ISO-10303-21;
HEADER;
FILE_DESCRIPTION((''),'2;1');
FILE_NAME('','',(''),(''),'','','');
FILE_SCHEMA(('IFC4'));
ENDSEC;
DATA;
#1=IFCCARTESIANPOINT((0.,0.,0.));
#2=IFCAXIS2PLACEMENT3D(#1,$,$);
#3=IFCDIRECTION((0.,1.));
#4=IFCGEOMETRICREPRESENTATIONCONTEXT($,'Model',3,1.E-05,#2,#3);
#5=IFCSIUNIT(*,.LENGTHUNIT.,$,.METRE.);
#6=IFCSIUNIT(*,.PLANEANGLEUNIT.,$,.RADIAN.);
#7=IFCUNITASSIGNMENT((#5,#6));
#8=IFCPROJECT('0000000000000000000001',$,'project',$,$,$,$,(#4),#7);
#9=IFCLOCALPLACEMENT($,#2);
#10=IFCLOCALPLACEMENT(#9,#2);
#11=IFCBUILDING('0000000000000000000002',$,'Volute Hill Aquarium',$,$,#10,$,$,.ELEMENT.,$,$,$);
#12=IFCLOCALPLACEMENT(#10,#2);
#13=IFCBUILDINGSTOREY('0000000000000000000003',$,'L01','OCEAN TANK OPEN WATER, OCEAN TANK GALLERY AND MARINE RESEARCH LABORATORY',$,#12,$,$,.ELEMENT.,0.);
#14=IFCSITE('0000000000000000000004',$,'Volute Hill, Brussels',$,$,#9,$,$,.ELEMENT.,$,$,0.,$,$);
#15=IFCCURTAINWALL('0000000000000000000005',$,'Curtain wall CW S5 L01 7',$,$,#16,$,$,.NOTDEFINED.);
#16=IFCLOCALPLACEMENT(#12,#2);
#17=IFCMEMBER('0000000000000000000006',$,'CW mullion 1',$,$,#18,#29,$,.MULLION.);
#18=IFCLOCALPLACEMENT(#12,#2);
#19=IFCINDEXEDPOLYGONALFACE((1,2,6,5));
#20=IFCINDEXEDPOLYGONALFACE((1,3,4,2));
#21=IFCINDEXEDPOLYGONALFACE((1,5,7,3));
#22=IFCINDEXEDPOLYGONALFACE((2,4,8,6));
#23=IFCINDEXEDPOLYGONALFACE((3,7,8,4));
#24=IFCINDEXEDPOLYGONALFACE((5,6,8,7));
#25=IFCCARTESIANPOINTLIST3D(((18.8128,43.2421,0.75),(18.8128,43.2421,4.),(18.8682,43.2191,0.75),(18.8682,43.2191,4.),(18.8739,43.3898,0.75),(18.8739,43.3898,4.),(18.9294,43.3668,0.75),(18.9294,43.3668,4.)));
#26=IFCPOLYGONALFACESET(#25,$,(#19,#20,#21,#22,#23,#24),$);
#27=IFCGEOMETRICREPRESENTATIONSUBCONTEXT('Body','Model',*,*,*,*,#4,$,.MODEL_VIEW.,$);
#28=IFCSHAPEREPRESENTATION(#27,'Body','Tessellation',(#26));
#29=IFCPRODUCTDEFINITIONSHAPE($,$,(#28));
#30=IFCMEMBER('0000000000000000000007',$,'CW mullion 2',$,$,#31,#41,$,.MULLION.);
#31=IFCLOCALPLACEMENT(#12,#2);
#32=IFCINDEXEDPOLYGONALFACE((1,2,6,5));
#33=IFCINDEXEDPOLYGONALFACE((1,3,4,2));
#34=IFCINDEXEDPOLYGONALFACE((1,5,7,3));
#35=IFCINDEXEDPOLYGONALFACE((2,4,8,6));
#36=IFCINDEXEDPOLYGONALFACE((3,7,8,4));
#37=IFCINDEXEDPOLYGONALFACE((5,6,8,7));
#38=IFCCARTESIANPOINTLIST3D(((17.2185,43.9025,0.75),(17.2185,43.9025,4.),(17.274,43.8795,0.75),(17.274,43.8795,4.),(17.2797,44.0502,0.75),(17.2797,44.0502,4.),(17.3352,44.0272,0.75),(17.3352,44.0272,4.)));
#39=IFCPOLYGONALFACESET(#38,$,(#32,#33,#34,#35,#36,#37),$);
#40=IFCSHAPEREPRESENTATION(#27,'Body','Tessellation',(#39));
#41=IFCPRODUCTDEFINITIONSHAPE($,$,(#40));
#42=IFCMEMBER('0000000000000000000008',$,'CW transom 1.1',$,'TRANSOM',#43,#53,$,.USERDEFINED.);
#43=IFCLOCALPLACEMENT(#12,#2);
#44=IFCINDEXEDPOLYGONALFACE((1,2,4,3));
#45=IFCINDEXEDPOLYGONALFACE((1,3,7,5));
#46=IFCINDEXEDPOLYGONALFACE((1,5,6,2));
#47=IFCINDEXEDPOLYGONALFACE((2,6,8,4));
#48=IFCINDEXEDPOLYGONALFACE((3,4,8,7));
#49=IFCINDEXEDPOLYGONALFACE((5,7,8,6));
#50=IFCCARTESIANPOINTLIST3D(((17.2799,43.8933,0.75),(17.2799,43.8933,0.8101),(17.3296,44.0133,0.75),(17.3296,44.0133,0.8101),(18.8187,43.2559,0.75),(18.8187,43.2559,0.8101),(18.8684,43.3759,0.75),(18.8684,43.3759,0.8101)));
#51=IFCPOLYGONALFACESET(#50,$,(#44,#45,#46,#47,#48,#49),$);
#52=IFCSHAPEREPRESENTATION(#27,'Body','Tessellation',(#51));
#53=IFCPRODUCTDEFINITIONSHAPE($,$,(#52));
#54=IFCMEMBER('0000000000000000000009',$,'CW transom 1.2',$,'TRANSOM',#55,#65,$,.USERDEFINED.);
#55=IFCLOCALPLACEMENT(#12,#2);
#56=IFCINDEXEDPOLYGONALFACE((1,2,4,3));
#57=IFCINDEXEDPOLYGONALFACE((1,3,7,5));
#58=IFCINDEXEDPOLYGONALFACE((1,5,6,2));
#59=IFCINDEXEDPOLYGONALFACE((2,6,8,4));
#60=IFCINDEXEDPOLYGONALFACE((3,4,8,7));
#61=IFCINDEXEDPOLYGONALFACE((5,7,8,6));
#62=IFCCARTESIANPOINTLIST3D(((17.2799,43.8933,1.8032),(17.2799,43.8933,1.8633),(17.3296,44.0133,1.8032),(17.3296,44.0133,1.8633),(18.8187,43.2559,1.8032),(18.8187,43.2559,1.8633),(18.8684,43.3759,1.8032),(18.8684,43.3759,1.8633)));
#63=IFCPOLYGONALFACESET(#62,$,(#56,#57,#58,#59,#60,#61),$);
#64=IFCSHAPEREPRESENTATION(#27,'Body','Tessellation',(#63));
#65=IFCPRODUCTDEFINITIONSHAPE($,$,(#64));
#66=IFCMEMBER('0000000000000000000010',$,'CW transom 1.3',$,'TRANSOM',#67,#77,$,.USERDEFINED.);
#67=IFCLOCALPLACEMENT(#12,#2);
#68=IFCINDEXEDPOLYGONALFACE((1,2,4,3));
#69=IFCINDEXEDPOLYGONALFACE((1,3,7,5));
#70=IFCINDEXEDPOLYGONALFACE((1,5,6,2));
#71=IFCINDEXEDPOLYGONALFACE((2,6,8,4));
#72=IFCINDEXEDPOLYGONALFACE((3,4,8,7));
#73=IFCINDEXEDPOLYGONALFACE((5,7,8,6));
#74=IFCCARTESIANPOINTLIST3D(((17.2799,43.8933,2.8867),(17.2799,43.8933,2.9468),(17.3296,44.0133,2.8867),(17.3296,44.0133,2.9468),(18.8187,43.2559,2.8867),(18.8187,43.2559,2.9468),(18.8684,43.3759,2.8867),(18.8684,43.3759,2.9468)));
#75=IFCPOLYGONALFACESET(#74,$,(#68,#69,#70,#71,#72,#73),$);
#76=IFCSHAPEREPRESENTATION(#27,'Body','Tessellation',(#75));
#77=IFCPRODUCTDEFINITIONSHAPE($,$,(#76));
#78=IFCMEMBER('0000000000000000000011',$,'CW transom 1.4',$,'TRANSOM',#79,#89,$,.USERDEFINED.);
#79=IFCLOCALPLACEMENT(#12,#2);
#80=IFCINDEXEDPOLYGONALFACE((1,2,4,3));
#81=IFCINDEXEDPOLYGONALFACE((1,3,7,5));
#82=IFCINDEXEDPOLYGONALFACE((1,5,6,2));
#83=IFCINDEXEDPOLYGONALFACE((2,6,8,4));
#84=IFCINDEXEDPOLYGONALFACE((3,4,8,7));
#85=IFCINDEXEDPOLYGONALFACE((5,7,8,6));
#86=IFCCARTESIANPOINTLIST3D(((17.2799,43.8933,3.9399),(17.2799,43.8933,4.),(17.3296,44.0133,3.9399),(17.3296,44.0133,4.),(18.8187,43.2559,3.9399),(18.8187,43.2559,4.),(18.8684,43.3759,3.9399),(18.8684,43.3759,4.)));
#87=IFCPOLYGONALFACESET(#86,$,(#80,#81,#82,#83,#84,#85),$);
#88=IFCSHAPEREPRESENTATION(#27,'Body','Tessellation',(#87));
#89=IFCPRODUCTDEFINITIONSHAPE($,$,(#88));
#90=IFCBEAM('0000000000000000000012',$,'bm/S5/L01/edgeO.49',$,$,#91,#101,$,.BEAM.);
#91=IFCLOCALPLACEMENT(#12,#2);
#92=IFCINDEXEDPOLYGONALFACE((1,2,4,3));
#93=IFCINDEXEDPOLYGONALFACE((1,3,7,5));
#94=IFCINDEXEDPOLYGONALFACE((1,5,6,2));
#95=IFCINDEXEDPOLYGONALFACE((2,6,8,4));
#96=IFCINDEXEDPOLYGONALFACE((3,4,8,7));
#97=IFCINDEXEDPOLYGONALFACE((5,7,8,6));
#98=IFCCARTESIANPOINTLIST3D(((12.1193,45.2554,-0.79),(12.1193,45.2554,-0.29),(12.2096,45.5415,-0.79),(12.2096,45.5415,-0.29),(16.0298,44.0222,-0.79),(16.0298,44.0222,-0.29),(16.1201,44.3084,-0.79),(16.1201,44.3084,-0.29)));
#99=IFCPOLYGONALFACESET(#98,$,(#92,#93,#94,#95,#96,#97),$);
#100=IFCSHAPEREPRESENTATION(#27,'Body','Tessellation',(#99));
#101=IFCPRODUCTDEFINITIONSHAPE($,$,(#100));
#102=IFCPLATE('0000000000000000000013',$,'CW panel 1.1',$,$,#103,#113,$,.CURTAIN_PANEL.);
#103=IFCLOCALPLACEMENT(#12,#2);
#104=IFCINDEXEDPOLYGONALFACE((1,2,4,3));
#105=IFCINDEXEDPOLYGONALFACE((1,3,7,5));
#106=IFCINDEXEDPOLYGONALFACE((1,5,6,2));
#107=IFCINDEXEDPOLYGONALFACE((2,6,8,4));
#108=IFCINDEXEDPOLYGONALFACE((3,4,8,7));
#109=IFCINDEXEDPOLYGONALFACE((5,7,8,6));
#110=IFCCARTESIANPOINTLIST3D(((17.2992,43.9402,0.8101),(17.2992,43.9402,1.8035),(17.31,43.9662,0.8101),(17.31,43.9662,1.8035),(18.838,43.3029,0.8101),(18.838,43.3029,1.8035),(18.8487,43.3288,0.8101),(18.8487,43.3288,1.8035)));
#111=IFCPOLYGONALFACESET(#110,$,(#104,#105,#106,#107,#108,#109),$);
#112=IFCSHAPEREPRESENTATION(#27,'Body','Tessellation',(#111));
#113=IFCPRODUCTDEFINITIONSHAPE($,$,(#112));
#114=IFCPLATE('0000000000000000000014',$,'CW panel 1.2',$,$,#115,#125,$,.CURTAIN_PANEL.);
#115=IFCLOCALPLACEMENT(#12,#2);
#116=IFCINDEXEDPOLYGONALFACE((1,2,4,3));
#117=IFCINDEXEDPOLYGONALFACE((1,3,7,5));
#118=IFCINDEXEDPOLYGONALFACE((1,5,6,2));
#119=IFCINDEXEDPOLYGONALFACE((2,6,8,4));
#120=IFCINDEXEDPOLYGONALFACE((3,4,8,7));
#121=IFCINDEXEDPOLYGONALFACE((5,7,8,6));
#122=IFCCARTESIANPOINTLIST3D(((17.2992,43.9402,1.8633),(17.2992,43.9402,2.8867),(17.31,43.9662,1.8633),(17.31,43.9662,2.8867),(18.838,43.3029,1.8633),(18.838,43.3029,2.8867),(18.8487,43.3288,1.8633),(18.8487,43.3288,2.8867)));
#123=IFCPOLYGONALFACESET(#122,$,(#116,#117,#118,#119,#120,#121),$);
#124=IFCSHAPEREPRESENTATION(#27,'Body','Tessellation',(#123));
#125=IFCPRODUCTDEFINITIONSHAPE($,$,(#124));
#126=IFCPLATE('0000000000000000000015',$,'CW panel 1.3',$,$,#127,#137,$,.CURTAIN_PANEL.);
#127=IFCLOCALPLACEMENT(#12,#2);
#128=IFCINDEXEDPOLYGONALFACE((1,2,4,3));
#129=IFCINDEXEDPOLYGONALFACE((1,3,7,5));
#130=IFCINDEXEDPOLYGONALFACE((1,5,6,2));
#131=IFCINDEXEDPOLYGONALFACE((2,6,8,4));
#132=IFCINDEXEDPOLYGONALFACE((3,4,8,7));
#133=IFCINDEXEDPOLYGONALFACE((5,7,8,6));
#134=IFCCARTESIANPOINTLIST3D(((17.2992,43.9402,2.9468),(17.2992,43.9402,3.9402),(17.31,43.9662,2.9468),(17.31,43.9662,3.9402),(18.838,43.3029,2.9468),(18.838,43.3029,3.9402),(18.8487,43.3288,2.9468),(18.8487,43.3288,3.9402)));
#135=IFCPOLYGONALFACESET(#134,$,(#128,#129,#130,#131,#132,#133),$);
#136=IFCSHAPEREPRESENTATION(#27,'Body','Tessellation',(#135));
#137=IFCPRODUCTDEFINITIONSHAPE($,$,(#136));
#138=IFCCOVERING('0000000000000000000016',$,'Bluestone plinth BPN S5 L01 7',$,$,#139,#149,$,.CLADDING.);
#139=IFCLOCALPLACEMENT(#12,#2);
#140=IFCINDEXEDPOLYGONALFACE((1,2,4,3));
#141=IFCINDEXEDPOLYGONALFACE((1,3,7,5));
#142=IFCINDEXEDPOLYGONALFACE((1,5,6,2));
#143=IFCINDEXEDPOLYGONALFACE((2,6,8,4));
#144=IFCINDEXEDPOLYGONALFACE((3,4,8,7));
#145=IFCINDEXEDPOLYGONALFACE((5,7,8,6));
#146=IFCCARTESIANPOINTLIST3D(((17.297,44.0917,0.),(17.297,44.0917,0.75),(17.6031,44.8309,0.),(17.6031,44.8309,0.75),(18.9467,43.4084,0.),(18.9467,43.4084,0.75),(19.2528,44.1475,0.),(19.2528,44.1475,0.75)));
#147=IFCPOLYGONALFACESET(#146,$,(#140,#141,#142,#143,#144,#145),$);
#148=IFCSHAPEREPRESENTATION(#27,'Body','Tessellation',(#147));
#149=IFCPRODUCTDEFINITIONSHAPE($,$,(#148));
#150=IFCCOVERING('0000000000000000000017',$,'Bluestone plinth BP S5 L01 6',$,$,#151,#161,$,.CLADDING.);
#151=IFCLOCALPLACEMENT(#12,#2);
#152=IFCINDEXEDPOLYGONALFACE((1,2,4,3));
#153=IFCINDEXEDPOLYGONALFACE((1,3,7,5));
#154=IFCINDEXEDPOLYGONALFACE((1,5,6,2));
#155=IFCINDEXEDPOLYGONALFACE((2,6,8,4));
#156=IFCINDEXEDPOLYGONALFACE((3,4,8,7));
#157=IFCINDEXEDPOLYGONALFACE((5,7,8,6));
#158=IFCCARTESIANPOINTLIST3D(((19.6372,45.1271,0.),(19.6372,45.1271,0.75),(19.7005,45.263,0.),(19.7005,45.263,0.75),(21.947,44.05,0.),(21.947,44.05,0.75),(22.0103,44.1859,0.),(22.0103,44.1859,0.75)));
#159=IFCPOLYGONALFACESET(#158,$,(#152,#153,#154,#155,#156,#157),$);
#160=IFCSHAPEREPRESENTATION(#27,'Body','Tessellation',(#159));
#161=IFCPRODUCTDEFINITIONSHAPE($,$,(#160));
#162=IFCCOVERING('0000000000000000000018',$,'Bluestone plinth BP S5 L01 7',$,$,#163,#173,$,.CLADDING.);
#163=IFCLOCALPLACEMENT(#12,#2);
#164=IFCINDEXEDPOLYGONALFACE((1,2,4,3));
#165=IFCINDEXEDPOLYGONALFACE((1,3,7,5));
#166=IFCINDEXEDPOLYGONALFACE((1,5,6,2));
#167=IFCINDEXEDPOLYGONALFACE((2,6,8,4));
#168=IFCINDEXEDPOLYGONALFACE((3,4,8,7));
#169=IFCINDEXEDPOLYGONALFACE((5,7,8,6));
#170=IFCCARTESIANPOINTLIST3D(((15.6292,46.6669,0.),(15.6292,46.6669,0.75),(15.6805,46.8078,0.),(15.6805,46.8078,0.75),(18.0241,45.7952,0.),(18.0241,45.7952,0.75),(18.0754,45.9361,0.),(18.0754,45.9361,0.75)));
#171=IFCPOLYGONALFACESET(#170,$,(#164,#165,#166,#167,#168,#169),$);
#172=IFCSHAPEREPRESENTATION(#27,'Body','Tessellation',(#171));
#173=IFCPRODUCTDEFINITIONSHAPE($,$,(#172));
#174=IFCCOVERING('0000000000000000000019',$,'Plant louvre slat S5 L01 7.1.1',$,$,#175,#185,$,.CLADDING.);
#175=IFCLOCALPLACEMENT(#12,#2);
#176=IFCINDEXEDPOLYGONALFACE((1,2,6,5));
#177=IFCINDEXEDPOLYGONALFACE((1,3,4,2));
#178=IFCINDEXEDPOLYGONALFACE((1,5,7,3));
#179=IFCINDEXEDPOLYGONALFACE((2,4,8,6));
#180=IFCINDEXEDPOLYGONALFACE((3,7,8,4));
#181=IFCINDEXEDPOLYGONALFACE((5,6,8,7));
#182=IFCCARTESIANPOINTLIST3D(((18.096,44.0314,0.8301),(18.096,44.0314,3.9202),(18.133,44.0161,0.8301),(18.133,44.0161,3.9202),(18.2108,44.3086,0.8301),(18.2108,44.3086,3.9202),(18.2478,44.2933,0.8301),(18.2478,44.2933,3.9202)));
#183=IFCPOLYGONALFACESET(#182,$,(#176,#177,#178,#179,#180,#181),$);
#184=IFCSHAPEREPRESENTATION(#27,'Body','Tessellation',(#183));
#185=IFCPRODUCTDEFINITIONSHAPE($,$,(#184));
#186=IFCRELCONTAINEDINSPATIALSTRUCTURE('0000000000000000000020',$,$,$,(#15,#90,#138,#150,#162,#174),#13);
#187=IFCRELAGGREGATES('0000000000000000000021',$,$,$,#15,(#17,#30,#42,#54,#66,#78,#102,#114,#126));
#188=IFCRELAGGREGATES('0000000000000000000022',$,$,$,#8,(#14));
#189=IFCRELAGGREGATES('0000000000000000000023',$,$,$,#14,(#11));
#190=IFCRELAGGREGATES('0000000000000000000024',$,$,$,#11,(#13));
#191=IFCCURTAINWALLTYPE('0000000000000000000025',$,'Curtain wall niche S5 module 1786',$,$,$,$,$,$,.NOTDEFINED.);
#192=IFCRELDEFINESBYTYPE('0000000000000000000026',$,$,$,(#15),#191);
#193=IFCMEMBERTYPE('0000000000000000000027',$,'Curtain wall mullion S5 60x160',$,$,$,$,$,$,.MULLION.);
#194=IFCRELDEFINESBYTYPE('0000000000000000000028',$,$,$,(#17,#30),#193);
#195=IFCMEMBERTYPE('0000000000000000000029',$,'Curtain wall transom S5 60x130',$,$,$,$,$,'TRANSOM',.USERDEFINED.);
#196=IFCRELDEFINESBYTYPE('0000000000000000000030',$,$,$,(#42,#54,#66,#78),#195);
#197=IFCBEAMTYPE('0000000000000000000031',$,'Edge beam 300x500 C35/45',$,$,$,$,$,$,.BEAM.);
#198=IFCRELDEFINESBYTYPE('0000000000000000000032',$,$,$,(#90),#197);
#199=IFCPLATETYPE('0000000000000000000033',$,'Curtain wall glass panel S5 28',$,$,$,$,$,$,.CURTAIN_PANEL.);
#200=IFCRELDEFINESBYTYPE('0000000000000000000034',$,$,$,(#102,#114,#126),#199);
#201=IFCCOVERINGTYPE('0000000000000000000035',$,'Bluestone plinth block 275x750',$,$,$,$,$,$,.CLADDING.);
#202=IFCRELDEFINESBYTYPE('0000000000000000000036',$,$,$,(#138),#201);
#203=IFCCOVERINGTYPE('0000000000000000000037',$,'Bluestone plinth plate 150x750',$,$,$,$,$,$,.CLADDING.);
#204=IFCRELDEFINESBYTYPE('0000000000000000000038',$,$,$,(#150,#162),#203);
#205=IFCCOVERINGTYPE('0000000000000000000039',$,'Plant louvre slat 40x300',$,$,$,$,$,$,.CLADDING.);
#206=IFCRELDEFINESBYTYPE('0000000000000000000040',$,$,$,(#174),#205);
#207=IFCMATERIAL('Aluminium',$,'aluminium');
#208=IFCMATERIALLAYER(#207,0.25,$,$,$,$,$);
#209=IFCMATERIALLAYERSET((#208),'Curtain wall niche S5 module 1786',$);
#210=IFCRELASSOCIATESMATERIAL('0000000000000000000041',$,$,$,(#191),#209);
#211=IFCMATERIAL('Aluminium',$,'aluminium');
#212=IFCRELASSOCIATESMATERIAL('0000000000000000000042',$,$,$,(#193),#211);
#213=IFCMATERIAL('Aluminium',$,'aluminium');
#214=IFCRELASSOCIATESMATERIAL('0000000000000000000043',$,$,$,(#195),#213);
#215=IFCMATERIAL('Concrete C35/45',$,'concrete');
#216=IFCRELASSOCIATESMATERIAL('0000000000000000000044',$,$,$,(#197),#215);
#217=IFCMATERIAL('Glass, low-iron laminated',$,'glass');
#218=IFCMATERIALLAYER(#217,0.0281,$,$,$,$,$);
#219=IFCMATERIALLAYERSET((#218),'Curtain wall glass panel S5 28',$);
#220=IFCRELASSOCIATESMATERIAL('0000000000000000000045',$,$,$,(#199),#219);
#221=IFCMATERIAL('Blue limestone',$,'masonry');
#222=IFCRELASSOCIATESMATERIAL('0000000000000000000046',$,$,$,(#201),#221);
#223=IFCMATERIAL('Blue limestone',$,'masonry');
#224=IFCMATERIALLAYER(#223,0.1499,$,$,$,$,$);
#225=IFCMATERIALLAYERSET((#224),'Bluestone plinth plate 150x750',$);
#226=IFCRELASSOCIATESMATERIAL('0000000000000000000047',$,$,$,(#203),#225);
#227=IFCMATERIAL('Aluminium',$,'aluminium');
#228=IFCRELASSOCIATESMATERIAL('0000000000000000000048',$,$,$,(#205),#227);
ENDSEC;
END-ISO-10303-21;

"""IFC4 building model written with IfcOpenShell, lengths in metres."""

from ifc_helpers import new_model, si_unit, direction, frame, origin, origin_2d, place, context, subcontext, project, spatial, rectangle, extrude, material, layer, layer_set, material_profile, profile_set, type_object, element, aggregate, save


model = new_model("IFC4")

# Units and contexts
model_context = context("Model", 3, precision=1e-05, world=origin(), true_north=direction((0.0, 1.0)))
body_context = subcontext(model_context, "Body", "Model", "MODEL_VIEW")
ifc_project = project(units=[si_unit("LENGTHUNIT", "METRE"), si_unit("PLANEANGLEUNIT", "RADIAN")], contexts=[model_context])

# Site, building, storey
site_placement = place(None, origin())
site = spatial("IfcSite", under=ifc_project, at=site_placement, Name="Volute Hill, Brussels", CompositionType="ELEMENT", RefElevation=0.0)
building_placement = place(site_placement, origin())
building = spatial("IfcBuilding", under=site, at=building_placement, Name="Volute Hill Aquarium", CompositionType="ELEMENT")
storey_placement = place(building_placement, origin())
storey = spatial("IfcBuildingStorey", under=building, at=storey_placement, Name="L01", Description="OCEAN TANK OPEN WATER, OCEAN TANK GALLERY AND MARINE RESEARCH LABORATORY", CompositionType="ELEMENT", Elevation=0.0)

# Curtain wall, members
ifc_material_1 = material(Name="Aluminium", Category="aluminium")
ifc_layer_1 = layer(ifc_material_1, 0.25)
ifc_layer_set_1 = layer_set([ifc_layer_1], Name="Curtain wall niche S5 module 1786")
curtain_wall_type = type_object("IfcCurtainWallType", Name="Curtain wall niche S5 module 1786", PredefinedType="NOTDEFINED", material=ifc_layer_set_1)
curtain_wall_placement = place(storey_placement, origin())
curtain_wall = element("IfcCurtainWall", 1, at=curtain_wall_placement, inside=storey, type_object=curtain_wall_type, Name="Curtain wall CW S5 L01 7", PredefinedType="NOTDEFINED")
ifc_material_2 = material(Name="Aluminium", Category="aluminium")
ifc_material_profile_1 = material_profile(ifc_material_2, rectangle(XDim=0.1599, YDim=0.0601, at=origin_2d()), Name="Curtain wall mullion S5 60x160")
ifc_profile_set_1 = profile_set([ifc_material_profile_1], Name="Aluminium")
member_type_1 = type_object("IfcMemberType", Name="Curtain wall mullion S5 60x160", PredefinedType="MULLION", material=ifc_profile_set_1)
member_1_placement = place(storey_placement, frame((18.8711, 43.3044, 0.75), z_axis=(0.0, 0.0, 1.0), x_axis=(-0.382686, -0.923878, 0.0)))
member_1 = element("IfcMember", 2, at=member_1_placement, type_object=member_type_1, Name="CW mullion 1", PredefinedType="MULLION", context=body_context, shape_type="SweptSolid", body=[
    extrude(rectangle(XDim=0.1599, YDim=0.0601, at=origin_2d()), origin(), (0.0, 0.0, 1.0), 3.25),
])
member_2_placement = place(storey_placement, frame((17.2769, 43.9648, 0.75), z_axis=(0.0, 0.0, 1.0), x_axis=(-0.382686, -0.923878, 0.0)))
member_2 = element("IfcMember", 3, at=member_2_placement, type_object=member_type_1, Name="CW mullion 2", PredefinedType="MULLION", context=body_context, shape_type="SweptSolid", body=[
    extrude(rectangle(XDim=0.1599, YDim=0.0601, at=origin_2d()), origin(), (0.0, 0.0, 1.0), 3.25),
])
ifc_material_3 = material(Name="Aluminium", Category="aluminium")
ifc_material_profile_2 = material_profile(ifc_material_3, rectangle(XDim=0.1299, YDim=0.0601, at=origin_2d()), Name="Curtain wall transom S5 60x130")
ifc_profile_set_2 = profile_set([ifc_material_profile_2], Name="Aluminium")
member_type_2 = type_object("IfcMemberType", Name="Curtain wall transom S5 60x130", ElementType="TRANSOM", PredefinedType="USERDEFINED", material=ifc_profile_set_2)
member_3_placement = place(storey_placement, frame((18.8435, 43.3159, 0.78), z_axis=(-0.923869, 0.38271, 0.0), x_axis=(-0.38271, -0.923869, 0.0)))
member_3 = element("IfcMember", 4, at=member_3_placement, type_object=member_type_2, Name="CW transom 1.1", ObjectType="TRANSOM", PredefinedType="USERDEFINED", context=body_context, shape_type="SweptSolid", body=[
    extrude(rectangle(XDim=0.1299, YDim=0.0601, at=origin_2d()), origin(), (0.0, 0.0, 1.0), 1.6655),
])
member_4_placement = place(storey_placement, frame((18.8435, 43.3159, 1.8333), z_axis=(-0.923869, 0.38271, 0.0), x_axis=(-0.38271, -0.923869, 0.0)))
member_4 = element("IfcMember", 5, at=member_4_placement, type_object=member_type_2, Name="CW transom 1.2", ObjectType="TRANSOM", PredefinedType="USERDEFINED", context=body_context, shape_type="SweptSolid", body=[
    extrude(rectangle(XDim=0.1299, YDim=0.0601, at=origin_2d()), origin(), (0.0, 0.0, 1.0), 1.6655),
])
member_5_placement = place(storey_placement, frame((18.8435, 43.3159, 2.9167), z_axis=(-0.923869, 0.38271, 0.0), x_axis=(-0.38271, -0.923869, 0.0)))
member_5 = element("IfcMember", 6, at=member_5_placement, type_object=member_type_2, Name="CW transom 1.3", ObjectType="TRANSOM", PredefinedType="USERDEFINED", context=body_context, shape_type="SweptSolid", body=[
    extrude(rectangle(XDim=0.1299, YDim=0.0601, at=origin_2d()), origin(), (0.0, 0.0, 1.0), 1.6655),
])
member_6_placement = place(storey_placement, frame((18.8435, 43.3159, 3.97), z_axis=(-0.923869, 0.38271, 0.0), x_axis=(-0.38271, -0.923869, 0.0)))
member_6 = element("IfcMember", 7, at=member_6_placement, type_object=member_type_2, Name="CW transom 1.4", ObjectType="TRANSOM", PredefinedType="USERDEFINED", context=body_context, shape_type="SweptSolid", body=[
    extrude(rectangle(XDim=0.1299, YDim=0.0601, at=origin_2d()), origin(), (0.0, 0.0, 1.0), 1.6655),
])

# Beam
ifc_material_4 = material(Name="Concrete C35/45", Category="concrete")
ifc_material_profile_3 = material_profile(ifc_material_4, rectangle(XDim=0.3, YDim=0.5, at=origin_2d()), Name="RC edge beam 300x500")
ifc_profile_set_3 = profile_set([ifc_material_profile_3], Name="Concrete C35/45")
beam_type = type_object("IfcBeamType", Name="Edge beam 300x500 C35/45", PredefinedType="BEAM", material=ifc_profile_set_3)
beam_placement = place(storey_placement, frame((16.075, 44.1653, -0.54), z_axis=(-0.953702, 0.300752, 0.0), x_axis=(-0.300752, -0.953702, 0.0)))
element("IfcBeam", 8, at=beam_placement, inside=storey, type_object=beam_type, Name="bm/S5/L01/edgeO.49", PredefinedType="BEAM", context=body_context, shape_type="SweptSolid", body=[
    extrude(rectangle(XDim=0.3, YDim=0.5, at=origin_2d()), origin(), (0.0, 0.0, 1.0), 4.1003),
])

# Plates
ifc_material_5 = material(Name="Glass, low-iron laminated", Category="glass")
ifc_layer_2 = layer(ifc_material_5, 0.0281)
ifc_layer_set_2 = layer_set([ifc_layer_2], Name="Curtain wall glass panel S5 28")
plate_type = type_object("IfcPlateType", Name="Curtain wall glass panel S5 28", PredefinedType="CURTAIN_PANEL", material=ifc_layer_set_2)
plate_1_placement = place(storey_placement, frame((18.074, 43.6345, 0.8101), z_axis=(0.0, 0.0, 1.0), x_axis=(-0.923878, 0.382686, 0.0)))
plate_1 = element("IfcPlate", 9, at=plate_1_placement, type_object=plate_type, Name="CW panel 1.1", PredefinedType="CURTAIN_PANEL", context=body_context, shape_type="SweptSolid", body=[
    extrude(rectangle(XDim=1.6655, YDim=0.0281, at=origin_2d()), origin(), (0.0, 0.0, 1.0), 0.9934),
])
plate_2_placement = place(storey_placement, frame((18.074, 43.6345, 1.8633), z_axis=(0.0, 0.0, 1.0), x_axis=(-0.923878, 0.382686, 0.0)))
plate_2 = element("IfcPlate", 10, at=plate_2_placement, type_object=plate_type, Name="CW panel 1.2", PredefinedType="CURTAIN_PANEL", context=body_context, shape_type="SweptSolid", body=[
    extrude(rectangle(XDim=1.6655, YDim=0.0281, at=origin_2d()), origin(), (0.0, 0.0, 1.0), 1.0234),
])
plate_3_placement = place(storey_placement, frame((18.074, 43.6345, 2.9468), z_axis=(0.0, 0.0, 1.0), x_axis=(-0.923878, 0.382686, 0.0)))
plate_3 = element("IfcPlate", 11, at=plate_3_placement, type_object=plate_type, Name="CW panel 1.3", PredefinedType="CURTAIN_PANEL", context=body_context, shape_type="SweptSolid", body=[
    extrude(rectangle(XDim=1.6655, YDim=0.0281, at=origin_2d()), origin(), (0.0, 0.0, 1.0), 0.9934),
])
aggregate(curtain_wall, [member_1, member_2, member_3, member_4, member_5, member_6, plate_1, plate_2, plate_3])

# Coverings
ifc_material_6 = material(Name="Blue limestone", Category="masonry")
covering_type_1 = type_object("IfcCoveringType", Name="Bluestone plinth block 275x750", PredefinedType="CLADDING", material=ifc_material_6)
covering_placement = place(storey_placement, frame((18.2749, 44.1196, 0.0), z_axis=(0.0, 0.0, 1.0), x_axis=(-0.923879, 0.382686, 0.0)))
element("IfcCovering", 12, at=covering_placement, inside=storey, type_object=covering_type_1, Name="Bluestone plinth BPN S5 L01 7", PredefinedType="CLADDING", context=body_context, shape_type="SweptSolid", body=[
    extrude(rectangle(XDim=1.7856, YDim=0.8, at=origin_2d()), origin(), (0.0, 0.0, 1.0), 0.75),
])
ifc_material_7 = material(Name="Blue limestone", Category="masonry")
ifc_layer_3 = layer(ifc_material_7, 0.1499)
ifc_layer_set_3 = layer_set([ifc_layer_3], Name="Bluestone plinth plate 150x750")
covering_type_2 = type_object("IfcCoveringType", Name="Bluestone plinth plate 150x750", PredefinedType="CLADDING", material=ifc_layer_set_3)
for number, where, z_axis, x_axis, name in (
    (13, (20.8237, 44.6565, 0.0), (0.0, 0.0, 1.0), (-0.906308, 0.422618, 0.0), "Bluestone plinth BP S5 L01 6"),
    (14, (16.8523, 46.3015, 0.0), (0.0, 0.0, 1.0), (-0.939693, 0.34202, 0.0), "Bluestone plinth BP S5 L01 7"),
):
    element("IfcCovering", number, at=place(storey_placement, frame(where, z_axis=z_axis, x_axis=x_axis)), inside=storey, type_object=covering_type_2, Name=name, PredefinedType="CLADDING", context=body_context, shape_type="SweptSolid", body=[
        extrude(rectangle(XDim=2.5486, YDim=0.1499, at=origin_2d()), origin(), (0.0, 0.0, 1.0), 0.75),
    ])
ifc_material_8 = material(Name="Aluminium", Category="aluminium")
covering_type_3 = type_object("IfcCoveringType", Name="Plant louvre slat 40x300", PredefinedType="CLADDING", material=ifc_material_8)
for number, where, z_axis, x_axis, name in (
    (15, (18.1719, 44.1624, 0.8301), (0.0, 0.0, 1.0), (-0.923879, 0.382686, 0.0), "Plant louvre slat S5 L01 7.1.1"),
):
    element("IfcCovering", number, at=place(storey_placement, frame(where, z_axis=z_axis, x_axis=x_axis)), inside=storey, type_object=covering_type_3, Name=name, PredefinedType="CLADDING", context=body_context, shape_type="SweptSolid", body=[
        extrude(rectangle(XDim=0.04, YDim=0.3, at=origin_2d()), origin(), (0.0, 0.0, 1.0), 3.0901),
    ])

save(model, "model.ifc")
